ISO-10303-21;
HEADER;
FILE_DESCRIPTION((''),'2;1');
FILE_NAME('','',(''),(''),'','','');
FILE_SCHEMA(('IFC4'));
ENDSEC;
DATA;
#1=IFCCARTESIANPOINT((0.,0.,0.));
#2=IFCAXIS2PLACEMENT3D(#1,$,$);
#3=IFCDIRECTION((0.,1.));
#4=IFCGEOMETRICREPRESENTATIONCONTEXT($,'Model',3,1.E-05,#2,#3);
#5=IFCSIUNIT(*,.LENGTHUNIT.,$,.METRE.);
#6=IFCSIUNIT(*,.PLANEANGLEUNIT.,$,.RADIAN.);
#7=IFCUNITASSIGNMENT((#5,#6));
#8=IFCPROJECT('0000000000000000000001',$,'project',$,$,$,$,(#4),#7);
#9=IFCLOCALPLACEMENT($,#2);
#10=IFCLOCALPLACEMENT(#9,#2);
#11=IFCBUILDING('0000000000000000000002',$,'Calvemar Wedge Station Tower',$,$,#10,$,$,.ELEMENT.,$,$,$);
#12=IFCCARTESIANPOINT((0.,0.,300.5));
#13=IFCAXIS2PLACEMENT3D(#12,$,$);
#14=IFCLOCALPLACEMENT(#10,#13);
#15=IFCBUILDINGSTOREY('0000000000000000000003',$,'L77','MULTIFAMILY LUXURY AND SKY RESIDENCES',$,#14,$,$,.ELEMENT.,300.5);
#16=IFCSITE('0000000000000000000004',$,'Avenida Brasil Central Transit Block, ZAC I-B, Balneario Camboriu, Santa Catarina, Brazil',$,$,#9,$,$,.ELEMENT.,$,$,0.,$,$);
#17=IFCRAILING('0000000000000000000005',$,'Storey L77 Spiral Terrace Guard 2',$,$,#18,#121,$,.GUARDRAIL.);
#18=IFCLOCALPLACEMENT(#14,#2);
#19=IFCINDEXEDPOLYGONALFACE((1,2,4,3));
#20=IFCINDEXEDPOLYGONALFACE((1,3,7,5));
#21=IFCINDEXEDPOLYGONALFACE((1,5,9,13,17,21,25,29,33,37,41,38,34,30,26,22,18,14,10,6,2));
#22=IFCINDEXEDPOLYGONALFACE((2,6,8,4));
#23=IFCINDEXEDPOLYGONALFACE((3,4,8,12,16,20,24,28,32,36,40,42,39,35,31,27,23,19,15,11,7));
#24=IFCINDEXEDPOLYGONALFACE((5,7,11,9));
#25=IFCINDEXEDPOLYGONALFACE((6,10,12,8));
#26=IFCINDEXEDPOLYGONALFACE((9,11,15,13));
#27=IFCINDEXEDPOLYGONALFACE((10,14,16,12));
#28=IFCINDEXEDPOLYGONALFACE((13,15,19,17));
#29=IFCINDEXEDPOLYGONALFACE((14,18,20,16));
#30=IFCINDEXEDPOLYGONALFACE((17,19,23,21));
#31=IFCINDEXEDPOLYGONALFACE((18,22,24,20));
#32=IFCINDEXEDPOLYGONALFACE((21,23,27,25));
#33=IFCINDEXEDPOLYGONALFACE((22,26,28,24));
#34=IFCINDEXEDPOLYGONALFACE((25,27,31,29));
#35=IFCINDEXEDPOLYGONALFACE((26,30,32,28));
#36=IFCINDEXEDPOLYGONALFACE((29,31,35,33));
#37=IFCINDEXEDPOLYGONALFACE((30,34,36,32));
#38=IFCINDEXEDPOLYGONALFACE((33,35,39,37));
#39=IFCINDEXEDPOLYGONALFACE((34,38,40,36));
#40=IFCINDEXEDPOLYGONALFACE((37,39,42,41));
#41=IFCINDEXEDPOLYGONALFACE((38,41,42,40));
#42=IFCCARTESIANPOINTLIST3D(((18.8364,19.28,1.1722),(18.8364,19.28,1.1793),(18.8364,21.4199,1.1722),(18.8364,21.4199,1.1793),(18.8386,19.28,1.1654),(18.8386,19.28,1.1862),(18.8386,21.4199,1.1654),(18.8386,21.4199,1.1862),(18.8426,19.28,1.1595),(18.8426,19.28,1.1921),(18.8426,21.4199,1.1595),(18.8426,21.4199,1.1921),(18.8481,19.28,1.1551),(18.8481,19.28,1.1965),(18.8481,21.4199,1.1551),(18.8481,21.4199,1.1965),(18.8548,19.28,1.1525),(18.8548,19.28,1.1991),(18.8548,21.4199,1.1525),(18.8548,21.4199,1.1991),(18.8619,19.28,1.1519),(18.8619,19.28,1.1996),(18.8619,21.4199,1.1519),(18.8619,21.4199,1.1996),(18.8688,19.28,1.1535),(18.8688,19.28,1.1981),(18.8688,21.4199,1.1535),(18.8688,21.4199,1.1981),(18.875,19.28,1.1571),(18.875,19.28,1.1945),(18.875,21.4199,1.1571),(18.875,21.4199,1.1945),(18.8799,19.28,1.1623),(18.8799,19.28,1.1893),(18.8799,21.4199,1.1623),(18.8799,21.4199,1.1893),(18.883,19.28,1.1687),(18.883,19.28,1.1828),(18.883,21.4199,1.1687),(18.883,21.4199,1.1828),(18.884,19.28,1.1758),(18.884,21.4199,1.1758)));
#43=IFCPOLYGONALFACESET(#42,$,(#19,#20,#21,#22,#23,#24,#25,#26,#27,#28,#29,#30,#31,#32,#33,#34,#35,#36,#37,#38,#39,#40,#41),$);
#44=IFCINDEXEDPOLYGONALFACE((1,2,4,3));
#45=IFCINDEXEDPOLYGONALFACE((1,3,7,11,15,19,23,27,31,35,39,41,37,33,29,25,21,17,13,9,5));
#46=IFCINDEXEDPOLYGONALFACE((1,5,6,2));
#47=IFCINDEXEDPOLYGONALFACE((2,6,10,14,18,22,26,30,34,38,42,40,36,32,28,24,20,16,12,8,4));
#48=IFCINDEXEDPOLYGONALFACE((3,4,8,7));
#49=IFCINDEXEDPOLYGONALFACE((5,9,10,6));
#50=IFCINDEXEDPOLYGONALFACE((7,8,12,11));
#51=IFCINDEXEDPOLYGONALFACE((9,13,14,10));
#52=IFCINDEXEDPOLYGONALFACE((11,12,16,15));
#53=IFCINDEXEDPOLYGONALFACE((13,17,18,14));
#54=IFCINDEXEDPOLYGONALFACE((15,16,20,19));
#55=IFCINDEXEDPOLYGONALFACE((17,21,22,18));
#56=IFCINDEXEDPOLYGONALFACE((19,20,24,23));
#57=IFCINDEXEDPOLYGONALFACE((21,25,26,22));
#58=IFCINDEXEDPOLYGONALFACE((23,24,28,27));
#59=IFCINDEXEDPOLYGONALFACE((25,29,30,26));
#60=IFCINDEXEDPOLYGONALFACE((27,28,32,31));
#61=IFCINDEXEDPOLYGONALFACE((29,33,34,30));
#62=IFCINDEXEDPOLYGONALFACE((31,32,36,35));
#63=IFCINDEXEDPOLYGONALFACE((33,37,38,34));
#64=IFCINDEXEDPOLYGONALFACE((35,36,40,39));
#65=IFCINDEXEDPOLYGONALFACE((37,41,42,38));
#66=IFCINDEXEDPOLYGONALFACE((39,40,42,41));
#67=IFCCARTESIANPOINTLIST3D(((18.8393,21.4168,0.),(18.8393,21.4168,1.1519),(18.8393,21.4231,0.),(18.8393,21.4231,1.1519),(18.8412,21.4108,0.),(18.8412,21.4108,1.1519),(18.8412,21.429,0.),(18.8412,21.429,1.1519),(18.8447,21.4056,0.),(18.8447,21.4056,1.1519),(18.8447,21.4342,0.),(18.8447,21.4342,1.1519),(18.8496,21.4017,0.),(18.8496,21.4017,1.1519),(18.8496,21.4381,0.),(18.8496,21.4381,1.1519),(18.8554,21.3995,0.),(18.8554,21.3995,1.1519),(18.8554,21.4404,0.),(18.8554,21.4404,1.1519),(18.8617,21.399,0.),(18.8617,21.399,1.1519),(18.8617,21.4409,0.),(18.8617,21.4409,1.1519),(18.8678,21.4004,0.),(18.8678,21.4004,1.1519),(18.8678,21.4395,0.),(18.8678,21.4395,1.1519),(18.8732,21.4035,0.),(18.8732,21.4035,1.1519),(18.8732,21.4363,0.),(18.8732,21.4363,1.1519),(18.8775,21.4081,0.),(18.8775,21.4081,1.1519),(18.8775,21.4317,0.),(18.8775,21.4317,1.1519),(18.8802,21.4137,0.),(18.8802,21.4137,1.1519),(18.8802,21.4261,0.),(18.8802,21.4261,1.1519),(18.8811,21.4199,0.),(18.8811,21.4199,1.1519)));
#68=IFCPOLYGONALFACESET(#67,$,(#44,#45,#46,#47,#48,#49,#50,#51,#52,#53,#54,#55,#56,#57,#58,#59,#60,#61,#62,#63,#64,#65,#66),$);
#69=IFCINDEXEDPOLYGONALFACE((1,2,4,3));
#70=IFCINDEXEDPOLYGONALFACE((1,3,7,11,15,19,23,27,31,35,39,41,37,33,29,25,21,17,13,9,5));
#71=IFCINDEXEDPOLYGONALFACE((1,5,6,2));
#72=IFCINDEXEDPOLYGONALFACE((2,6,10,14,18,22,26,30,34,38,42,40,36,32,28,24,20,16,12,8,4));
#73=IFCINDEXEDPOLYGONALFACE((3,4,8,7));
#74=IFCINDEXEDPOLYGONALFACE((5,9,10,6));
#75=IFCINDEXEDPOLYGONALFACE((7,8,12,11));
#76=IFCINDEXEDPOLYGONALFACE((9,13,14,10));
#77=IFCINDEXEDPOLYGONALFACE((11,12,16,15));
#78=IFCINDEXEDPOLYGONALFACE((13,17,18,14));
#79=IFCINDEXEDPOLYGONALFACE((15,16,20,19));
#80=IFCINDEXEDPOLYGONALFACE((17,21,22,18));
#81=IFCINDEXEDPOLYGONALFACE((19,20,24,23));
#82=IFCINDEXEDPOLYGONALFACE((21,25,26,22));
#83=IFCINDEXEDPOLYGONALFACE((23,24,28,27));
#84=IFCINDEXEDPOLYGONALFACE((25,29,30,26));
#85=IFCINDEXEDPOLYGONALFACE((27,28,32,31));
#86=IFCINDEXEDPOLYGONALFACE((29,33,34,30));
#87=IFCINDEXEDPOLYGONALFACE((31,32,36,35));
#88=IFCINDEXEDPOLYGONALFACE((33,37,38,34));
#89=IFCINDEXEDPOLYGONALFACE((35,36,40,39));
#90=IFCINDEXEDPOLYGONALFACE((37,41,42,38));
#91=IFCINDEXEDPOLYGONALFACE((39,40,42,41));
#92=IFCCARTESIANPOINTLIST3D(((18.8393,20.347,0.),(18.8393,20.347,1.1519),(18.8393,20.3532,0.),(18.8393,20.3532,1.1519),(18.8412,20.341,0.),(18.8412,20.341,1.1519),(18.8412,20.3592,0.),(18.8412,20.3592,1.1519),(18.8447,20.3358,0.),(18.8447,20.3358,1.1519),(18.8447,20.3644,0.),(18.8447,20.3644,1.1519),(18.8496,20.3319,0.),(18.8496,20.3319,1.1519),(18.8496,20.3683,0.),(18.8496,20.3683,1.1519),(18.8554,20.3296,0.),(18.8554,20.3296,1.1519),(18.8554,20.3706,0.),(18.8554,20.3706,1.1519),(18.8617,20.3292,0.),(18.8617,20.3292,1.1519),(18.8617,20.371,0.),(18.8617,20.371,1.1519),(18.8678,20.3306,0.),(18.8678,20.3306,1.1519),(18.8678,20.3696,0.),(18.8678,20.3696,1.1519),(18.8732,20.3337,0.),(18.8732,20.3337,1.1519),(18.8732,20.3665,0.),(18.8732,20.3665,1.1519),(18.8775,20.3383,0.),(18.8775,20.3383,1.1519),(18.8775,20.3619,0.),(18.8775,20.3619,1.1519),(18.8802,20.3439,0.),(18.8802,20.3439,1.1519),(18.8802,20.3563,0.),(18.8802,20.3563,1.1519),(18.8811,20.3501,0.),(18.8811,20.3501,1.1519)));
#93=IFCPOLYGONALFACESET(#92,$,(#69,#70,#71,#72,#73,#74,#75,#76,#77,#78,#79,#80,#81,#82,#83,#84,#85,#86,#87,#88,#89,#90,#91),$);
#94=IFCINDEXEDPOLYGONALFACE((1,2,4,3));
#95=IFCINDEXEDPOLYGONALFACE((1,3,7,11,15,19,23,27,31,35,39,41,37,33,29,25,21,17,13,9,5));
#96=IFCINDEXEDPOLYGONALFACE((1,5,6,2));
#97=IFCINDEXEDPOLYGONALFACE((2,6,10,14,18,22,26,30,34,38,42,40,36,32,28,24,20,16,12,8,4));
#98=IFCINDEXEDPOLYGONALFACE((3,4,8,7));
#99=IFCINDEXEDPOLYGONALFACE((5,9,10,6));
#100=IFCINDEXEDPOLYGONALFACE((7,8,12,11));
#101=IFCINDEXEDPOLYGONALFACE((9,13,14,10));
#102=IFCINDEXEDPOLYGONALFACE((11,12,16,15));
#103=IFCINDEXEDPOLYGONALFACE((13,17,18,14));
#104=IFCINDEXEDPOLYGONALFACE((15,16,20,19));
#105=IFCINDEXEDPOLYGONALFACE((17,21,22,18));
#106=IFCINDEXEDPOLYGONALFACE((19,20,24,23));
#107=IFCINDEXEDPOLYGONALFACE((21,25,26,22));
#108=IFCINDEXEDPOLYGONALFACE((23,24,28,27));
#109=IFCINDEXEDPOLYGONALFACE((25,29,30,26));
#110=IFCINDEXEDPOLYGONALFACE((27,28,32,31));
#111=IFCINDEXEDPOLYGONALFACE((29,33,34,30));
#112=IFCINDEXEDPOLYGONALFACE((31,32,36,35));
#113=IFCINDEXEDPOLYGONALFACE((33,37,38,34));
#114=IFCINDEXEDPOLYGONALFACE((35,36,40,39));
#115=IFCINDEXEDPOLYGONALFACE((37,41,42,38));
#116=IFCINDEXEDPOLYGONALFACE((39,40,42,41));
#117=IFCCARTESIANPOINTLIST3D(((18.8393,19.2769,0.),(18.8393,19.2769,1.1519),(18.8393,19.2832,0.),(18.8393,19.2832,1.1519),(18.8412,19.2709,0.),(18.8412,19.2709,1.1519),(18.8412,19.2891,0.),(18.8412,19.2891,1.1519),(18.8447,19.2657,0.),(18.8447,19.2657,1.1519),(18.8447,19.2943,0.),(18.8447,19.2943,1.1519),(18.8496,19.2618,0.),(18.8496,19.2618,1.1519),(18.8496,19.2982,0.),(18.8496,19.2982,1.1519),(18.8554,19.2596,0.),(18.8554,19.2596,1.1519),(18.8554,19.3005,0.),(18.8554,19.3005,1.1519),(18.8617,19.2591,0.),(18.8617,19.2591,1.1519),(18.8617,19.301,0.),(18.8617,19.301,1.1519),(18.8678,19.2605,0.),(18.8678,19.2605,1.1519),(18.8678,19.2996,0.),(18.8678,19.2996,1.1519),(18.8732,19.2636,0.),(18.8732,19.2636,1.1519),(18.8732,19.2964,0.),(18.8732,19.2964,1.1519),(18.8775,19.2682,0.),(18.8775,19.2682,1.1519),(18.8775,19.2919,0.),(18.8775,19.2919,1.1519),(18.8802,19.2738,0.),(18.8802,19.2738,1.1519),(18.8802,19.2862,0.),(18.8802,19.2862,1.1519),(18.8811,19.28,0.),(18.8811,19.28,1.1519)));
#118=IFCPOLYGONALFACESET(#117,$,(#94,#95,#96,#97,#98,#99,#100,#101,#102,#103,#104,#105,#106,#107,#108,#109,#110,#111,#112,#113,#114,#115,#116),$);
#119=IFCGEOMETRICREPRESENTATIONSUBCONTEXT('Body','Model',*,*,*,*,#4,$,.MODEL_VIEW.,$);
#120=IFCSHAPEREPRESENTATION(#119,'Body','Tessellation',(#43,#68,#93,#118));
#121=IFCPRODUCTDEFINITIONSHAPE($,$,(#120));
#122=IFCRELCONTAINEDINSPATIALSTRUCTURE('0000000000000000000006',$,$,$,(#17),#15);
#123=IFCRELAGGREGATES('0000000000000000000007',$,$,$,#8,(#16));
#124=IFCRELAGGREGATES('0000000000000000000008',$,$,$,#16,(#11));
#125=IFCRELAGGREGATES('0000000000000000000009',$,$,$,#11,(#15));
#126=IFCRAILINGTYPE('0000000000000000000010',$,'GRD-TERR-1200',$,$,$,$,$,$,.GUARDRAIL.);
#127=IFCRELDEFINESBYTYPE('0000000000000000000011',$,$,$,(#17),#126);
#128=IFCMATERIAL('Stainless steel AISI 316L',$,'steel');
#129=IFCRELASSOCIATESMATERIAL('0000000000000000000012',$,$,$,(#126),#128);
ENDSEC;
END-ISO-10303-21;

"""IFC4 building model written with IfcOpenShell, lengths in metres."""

from ifc_helpers import new_model, si_unit, direction, frame, origin, origin_2d, place, context, subcontext, project, spatial, circle, extrude, material, type_object, element, save


model = new_model("IFC4")

# Units and contexts
model_context = context("Model", 3, precision=1e-05, world=origin(), true_north=direction((0.0, 1.0)))
body_context = subcontext(model_context, "Body", "Model", "MODEL_VIEW")
ifc_project = project(units=[si_unit("LENGTHUNIT", "METRE"), si_unit("PLANEANGLEUNIT", "RADIAN")], contexts=[model_context])

# Site, building, storey
site_placement = place(None, origin())
site = spatial("IfcSite", under=ifc_project, at=site_placement, Name="Avenida Brasil Central Transit Block, ZAC I-B, Balneario Camboriu, Santa Catarina, Brazil", CompositionType="ELEMENT", RefElevation=0.0)
building_placement = place(site_placement, origin())
building = spatial("IfcBuilding", under=site, at=building_placement, Name="Calvemar Wedge Station Tower", CompositionType="ELEMENT")
storey_placement = place(building_placement, frame((0.0, 0.0, 300.5)))
storey = spatial("IfcBuildingStorey", under=building, at=storey_placement, Name="L77", Description="MULTIFAMILY LUXURY AND SKY RESIDENCES", CompositionType="ELEMENT", Elevation=300.5)

# Railing
ifc_material_1 = material(Name="Stainless steel AISI 316L", Category="steel")
railing_type = type_object("IfcRailingType", Name="GRD-TERR-1200", PredefinedType="GUARDRAIL", material=ifc_material_1)
railing_1_placement = place(storey_placement, frame((18.8601, 21.4199, 0.0)))
element("IfcRailing", 1, at=railing_1_placement, inside=storey, type_object=railing_type, Name="Storey L77 Spiral Terrace Guard 2", PredefinedType="GUARDRAIL", context=body_context, shape_type="SweptSolid", body=[
    extrude(circle(Radius=0.0239, at=origin_2d()), frame((0.0, 0.0, 1.1758), z_axis=(0.0, -1.0, 0.0), x_axis=(1.0, 0.0, 0.0)), (0.0, 0.0, 1.0), 2.1399),
    extrude(circle(Radius=0.021, at=origin_2d()), origin(), (0.0, 0.0, 1.0), 1.1519),
    extrude(circle(Radius=0.021, at=origin_2d()), frame((0.0, -1.0698, 0.0)), (0.0, 0.0, 1.0), 1.1519),
    extrude(circle(Radius=0.021, at=origin_2d()), frame((0.0, -2.1399, 0.0)), (0.0, 0.0, 1.0), 1.1519),
])

save(model, "model.ifc")
